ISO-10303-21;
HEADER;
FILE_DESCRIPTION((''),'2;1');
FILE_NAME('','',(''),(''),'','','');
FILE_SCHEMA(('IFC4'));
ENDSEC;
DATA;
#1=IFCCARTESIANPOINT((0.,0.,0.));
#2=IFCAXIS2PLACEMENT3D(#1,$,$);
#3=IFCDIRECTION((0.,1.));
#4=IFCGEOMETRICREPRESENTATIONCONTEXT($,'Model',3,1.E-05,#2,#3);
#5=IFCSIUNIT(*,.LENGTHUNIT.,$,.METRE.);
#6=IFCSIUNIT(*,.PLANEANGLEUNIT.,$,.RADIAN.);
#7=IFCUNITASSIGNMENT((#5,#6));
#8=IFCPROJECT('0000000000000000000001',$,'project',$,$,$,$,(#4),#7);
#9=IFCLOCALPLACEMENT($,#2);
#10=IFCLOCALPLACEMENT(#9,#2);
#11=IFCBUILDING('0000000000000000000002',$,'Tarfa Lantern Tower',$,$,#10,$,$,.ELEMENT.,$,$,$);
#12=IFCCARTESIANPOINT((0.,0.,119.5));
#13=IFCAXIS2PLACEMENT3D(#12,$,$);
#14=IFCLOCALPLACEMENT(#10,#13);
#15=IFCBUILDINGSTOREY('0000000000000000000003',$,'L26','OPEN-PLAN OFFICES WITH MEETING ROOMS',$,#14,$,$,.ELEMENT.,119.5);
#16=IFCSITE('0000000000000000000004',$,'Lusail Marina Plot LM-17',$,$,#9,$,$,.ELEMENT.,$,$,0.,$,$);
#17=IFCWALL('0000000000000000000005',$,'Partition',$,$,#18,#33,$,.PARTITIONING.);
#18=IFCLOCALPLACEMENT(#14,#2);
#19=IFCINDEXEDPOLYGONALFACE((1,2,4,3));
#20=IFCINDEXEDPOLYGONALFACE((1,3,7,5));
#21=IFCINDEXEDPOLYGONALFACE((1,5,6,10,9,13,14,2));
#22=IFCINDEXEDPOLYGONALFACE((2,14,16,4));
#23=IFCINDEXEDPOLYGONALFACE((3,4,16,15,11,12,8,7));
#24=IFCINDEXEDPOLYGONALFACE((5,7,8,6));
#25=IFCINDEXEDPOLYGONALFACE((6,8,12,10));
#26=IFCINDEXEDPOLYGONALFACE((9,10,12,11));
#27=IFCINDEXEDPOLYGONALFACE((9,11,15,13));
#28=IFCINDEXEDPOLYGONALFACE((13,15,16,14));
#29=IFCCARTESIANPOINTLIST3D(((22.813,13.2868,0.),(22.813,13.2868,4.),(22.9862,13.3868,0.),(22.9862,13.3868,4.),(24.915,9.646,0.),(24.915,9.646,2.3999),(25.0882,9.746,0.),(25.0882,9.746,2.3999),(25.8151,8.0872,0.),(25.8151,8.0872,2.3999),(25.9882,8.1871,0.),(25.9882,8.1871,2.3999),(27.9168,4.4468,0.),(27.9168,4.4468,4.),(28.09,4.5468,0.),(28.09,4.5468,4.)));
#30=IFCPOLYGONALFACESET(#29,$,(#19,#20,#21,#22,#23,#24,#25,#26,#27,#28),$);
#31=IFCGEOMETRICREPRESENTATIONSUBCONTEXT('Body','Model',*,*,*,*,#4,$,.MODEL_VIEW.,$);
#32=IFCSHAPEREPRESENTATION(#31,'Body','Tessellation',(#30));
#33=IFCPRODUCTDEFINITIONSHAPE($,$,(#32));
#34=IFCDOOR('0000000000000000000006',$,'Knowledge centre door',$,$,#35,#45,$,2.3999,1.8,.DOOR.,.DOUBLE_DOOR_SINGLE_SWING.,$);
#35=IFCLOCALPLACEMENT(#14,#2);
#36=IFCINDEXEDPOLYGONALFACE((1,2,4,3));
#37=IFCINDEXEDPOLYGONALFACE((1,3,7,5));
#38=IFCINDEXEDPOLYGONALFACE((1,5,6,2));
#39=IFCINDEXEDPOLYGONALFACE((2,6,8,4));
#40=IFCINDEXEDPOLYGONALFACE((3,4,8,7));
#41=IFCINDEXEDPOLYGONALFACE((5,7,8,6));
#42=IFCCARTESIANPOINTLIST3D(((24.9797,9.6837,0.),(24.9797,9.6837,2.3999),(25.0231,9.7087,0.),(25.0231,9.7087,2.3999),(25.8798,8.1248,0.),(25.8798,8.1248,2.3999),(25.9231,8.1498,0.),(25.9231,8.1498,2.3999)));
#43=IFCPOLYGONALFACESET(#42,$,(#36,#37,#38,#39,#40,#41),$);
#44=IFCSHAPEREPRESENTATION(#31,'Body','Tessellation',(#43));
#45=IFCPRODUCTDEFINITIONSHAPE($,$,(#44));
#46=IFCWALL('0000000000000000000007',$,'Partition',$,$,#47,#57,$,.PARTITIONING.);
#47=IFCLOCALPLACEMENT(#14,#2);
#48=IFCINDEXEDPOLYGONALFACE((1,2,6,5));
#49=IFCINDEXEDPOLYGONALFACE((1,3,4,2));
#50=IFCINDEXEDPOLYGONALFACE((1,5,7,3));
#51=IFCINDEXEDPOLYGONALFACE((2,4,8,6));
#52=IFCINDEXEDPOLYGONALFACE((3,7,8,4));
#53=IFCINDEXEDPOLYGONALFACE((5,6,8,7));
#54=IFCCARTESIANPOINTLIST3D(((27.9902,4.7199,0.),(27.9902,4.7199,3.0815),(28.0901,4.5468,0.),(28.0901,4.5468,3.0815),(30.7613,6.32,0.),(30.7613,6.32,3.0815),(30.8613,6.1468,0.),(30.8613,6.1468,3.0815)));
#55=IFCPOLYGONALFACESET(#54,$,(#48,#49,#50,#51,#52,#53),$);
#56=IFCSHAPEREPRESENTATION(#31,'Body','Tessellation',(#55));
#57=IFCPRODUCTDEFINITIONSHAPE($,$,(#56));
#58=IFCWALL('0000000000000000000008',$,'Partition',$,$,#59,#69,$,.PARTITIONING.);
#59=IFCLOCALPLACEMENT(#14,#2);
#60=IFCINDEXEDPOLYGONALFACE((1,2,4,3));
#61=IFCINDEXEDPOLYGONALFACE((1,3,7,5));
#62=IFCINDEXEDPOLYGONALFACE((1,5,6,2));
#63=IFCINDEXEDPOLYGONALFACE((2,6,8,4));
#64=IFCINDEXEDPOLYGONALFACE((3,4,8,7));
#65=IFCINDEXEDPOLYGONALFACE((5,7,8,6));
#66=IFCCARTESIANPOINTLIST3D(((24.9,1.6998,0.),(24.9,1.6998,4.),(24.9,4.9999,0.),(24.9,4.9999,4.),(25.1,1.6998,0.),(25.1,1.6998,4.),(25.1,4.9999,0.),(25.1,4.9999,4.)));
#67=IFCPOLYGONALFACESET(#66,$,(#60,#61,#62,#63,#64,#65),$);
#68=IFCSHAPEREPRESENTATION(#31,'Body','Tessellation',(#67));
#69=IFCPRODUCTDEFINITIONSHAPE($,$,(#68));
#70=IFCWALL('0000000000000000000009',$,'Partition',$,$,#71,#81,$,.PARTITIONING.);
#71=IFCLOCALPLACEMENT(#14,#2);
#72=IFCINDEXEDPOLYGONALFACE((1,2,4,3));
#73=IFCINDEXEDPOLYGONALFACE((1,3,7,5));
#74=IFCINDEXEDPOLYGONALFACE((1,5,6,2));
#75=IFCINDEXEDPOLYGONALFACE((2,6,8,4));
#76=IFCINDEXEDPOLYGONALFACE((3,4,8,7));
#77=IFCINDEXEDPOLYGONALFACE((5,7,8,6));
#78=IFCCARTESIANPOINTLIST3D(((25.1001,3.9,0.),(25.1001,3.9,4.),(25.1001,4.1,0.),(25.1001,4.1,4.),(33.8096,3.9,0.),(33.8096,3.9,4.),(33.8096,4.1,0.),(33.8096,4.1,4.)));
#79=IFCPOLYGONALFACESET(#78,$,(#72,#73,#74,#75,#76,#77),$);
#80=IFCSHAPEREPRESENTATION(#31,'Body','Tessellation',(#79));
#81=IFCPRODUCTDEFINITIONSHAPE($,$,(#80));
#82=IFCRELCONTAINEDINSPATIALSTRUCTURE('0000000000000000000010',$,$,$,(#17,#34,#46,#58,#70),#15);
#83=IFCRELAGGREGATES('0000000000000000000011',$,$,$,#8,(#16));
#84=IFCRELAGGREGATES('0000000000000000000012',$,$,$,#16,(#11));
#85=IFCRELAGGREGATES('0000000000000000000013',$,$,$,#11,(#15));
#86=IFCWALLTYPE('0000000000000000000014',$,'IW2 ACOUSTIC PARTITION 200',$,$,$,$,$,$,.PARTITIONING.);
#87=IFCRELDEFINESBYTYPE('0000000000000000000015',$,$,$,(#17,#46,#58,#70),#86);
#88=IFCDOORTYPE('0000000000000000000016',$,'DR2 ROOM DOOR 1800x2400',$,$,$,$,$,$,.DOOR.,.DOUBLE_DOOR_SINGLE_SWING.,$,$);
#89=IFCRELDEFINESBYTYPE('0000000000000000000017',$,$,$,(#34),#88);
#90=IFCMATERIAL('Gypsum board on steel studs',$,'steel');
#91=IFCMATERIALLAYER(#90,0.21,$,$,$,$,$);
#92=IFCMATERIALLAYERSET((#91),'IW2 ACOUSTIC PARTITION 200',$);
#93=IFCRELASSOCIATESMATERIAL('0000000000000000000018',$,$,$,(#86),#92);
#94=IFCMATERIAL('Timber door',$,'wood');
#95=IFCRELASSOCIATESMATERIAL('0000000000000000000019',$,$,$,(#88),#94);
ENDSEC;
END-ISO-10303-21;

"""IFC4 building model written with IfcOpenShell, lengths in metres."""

from ifc_helpers import new_model, si_unit, direction, frame, frame_2d, origin, place, context, subcontext, project, spatial, rectangle, extrude, material, layer, layer_set, type_object, element, fill, save


model = new_model("IFC4")

# Units and contexts
model_context = context("Model", 3, precision=1e-05, world=origin(), true_north=direction((0.0, 1.0)))
body_context = subcontext(model_context, "Body", "Model", "MODEL_VIEW")
ifc_project = project(units=[si_unit("LENGTHUNIT", "METRE"), si_unit("PLANEANGLEUNIT", "RADIAN")], contexts=[model_context])

# Site, building, storey
site_placement = place(None, origin())
site = spatial("IfcSite", under=ifc_project, at=site_placement, Name="Lusail Marina Plot LM-17", CompositionType="ELEMENT", RefElevation=0.0)
building_placement = place(site_placement, origin())
building = spatial("IfcBuilding", under=site, at=building_placement, Name="Tarfa Lantern Tower", CompositionType="ELEMENT")
storey_placement = place(building_placement, frame((0.0, 0.0, 119.5)))
storey = spatial("IfcBuildingStorey", under=building, at=storey_placement, Name="L26", Description="OPEN-PLAN OFFICES WITH MEETING ROOMS", CompositionType="ELEMENT", Elevation=119.5)

# Wall, opening, door
ifc_material_1 = material(Name="Gypsum board on steel studs", Category="steel")
ifc_layer_1 = layer(ifc_material_1, 0.21)
ifc_layer_set_1 = layer_set([ifc_layer_1], Name="IW2 ACOUSTIC PARTITION 200")
wall_type = type_object("IfcWallType", Name="IW2 ACOUSTIC PARTITION 200", PredefinedType="PARTITIONING", material=ifc_layer_set_1)
wall_1_placement = place(storey_placement, frame((28.0034, 4.4968, 0.0), z_axis=(0.0, 0.0, 1.0), x_axis=(-0.500005, 0.866022, 0.0)))
wall_1 = element("IfcWall", 1, at=wall_1_placement, inside=storey, type_object=wall_type, Name="Partition", PredefinedType="PARTITIONING", context=body_context, shape_type="SweptSolid", body=[
    extrude(rectangle(XDim=10.2075, YDim=0.2, at=frame_2d((5.1038, 0.0))), origin(), (0.0, 0.0, 1.0), 4.0),
])
opening_placement = place(wall_1_placement, frame((4.2036, 0.0, 0.0)))
opening = element("IfcOpeningElement", 2, at=opening_placement, cuts=wall_1, PredefinedType="OPENING", context=body_context, shape_type="SweptSolid", body=[
    extrude(rectangle(XDim=1.8, YDim=2.3999, at=frame_2d((0.8999, 1.2))), frame((0.0, 0.1099, 0.0), z_axis=(0.0, -1.0, 0.0), x_axis=(1.0, 0.0, 0.0)), (0.0, 0.0, 1.0), 0.22),
])
ifc_material_2 = material(Name="Timber door", Category="wood")
door_type = type_object("IfcDoorType", Name="DR2 ROOM DOOR 1800x2400", OperationType="DOUBLE_DOOR_SINGLE_SWING", PredefinedType="DOOR", material=ifc_material_2)
door_placement = place(opening_placement, frame((1.8, 0.0, 0.0), z_axis=(0.0, 0.0, 1.0), x_axis=(-1.0, 0.0, 0.0)))
door = element("IfcDoor", 3, at=door_placement, inside=storey, type_object=door_type, Name="Knowledge centre door", OperationType="DOUBLE_DOOR_SINGLE_SWING", OverallHeight=2.3999, OverallWidth=1.8, PredefinedType="DOOR", context=body_context, shape_type="SweptSolid", body=[
    extrude(rectangle(XDim=1.8, YDim=2.3999, at=frame_2d((0.8999, 1.2))), frame((0.0, 0.0249, 0.0), z_axis=(0.0, -1.0, 0.0), x_axis=(1.0, 0.0, 0.0)), (0.0, 0.0, 1.0), 0.05),
])
fill(opening, door)

# Walls
wall_2_placement = place(storey_placement, frame((28.04, 4.6333, 0.0), z_axis=(0.0, 0.0, 1.0), x_axis=(0.866009, 0.500028, 0.0)))
element("IfcWall", 4, at=wall_2_placement, inside=storey, type_object=wall_type, Name="Partition", PredefinedType="PARTITIONING", context=body_context, shape_type="SweptSolid", body=[
    extrude(rectangle(XDim=3.2, YDim=0.2, at=frame_2d((1.6001, 0.0))), origin(), (0.0, 0.0, 1.0), 3.0815),
])
wall_3_placement = place(storey_placement, frame((25.0, 1.7, 0.0), z_axis=(0.0, 0.0, 1.0), x_axis=(0.0, 1.0, 0.0)))
element("IfcWall", 5, at=wall_3_placement, inside=storey, type_object=wall_type, Name="Partition", PredefinedType="PARTITIONING", context=body_context, shape_type="SweptSolid", body=[
    extrude(rectangle(XDim=3.3, YDim=0.2, at=frame_2d((1.6499, 0.0))), origin(), (0.0, 0.0, 1.0), 4.0),
])
wall_4_placement = place(storey_placement, frame((25.1001, 4.0, 0.0), z_axis=(0.0, 0.0, 1.0), x_axis=(1.0, 0.0, 0.0)))
element("IfcWall", 6, at=wall_4_placement, inside=storey, type_object=wall_type, Name="Partition", PredefinedType="PARTITIONING", context=body_context, shape_type="SweptSolid", body=[
    extrude(rectangle(XDim=8.7095, YDim=0.2, at=frame_2d((4.3547, 0.0))), origin(), (0.0, 0.0, 1.0), 4.0),
])

save(model, "model.ifc")
